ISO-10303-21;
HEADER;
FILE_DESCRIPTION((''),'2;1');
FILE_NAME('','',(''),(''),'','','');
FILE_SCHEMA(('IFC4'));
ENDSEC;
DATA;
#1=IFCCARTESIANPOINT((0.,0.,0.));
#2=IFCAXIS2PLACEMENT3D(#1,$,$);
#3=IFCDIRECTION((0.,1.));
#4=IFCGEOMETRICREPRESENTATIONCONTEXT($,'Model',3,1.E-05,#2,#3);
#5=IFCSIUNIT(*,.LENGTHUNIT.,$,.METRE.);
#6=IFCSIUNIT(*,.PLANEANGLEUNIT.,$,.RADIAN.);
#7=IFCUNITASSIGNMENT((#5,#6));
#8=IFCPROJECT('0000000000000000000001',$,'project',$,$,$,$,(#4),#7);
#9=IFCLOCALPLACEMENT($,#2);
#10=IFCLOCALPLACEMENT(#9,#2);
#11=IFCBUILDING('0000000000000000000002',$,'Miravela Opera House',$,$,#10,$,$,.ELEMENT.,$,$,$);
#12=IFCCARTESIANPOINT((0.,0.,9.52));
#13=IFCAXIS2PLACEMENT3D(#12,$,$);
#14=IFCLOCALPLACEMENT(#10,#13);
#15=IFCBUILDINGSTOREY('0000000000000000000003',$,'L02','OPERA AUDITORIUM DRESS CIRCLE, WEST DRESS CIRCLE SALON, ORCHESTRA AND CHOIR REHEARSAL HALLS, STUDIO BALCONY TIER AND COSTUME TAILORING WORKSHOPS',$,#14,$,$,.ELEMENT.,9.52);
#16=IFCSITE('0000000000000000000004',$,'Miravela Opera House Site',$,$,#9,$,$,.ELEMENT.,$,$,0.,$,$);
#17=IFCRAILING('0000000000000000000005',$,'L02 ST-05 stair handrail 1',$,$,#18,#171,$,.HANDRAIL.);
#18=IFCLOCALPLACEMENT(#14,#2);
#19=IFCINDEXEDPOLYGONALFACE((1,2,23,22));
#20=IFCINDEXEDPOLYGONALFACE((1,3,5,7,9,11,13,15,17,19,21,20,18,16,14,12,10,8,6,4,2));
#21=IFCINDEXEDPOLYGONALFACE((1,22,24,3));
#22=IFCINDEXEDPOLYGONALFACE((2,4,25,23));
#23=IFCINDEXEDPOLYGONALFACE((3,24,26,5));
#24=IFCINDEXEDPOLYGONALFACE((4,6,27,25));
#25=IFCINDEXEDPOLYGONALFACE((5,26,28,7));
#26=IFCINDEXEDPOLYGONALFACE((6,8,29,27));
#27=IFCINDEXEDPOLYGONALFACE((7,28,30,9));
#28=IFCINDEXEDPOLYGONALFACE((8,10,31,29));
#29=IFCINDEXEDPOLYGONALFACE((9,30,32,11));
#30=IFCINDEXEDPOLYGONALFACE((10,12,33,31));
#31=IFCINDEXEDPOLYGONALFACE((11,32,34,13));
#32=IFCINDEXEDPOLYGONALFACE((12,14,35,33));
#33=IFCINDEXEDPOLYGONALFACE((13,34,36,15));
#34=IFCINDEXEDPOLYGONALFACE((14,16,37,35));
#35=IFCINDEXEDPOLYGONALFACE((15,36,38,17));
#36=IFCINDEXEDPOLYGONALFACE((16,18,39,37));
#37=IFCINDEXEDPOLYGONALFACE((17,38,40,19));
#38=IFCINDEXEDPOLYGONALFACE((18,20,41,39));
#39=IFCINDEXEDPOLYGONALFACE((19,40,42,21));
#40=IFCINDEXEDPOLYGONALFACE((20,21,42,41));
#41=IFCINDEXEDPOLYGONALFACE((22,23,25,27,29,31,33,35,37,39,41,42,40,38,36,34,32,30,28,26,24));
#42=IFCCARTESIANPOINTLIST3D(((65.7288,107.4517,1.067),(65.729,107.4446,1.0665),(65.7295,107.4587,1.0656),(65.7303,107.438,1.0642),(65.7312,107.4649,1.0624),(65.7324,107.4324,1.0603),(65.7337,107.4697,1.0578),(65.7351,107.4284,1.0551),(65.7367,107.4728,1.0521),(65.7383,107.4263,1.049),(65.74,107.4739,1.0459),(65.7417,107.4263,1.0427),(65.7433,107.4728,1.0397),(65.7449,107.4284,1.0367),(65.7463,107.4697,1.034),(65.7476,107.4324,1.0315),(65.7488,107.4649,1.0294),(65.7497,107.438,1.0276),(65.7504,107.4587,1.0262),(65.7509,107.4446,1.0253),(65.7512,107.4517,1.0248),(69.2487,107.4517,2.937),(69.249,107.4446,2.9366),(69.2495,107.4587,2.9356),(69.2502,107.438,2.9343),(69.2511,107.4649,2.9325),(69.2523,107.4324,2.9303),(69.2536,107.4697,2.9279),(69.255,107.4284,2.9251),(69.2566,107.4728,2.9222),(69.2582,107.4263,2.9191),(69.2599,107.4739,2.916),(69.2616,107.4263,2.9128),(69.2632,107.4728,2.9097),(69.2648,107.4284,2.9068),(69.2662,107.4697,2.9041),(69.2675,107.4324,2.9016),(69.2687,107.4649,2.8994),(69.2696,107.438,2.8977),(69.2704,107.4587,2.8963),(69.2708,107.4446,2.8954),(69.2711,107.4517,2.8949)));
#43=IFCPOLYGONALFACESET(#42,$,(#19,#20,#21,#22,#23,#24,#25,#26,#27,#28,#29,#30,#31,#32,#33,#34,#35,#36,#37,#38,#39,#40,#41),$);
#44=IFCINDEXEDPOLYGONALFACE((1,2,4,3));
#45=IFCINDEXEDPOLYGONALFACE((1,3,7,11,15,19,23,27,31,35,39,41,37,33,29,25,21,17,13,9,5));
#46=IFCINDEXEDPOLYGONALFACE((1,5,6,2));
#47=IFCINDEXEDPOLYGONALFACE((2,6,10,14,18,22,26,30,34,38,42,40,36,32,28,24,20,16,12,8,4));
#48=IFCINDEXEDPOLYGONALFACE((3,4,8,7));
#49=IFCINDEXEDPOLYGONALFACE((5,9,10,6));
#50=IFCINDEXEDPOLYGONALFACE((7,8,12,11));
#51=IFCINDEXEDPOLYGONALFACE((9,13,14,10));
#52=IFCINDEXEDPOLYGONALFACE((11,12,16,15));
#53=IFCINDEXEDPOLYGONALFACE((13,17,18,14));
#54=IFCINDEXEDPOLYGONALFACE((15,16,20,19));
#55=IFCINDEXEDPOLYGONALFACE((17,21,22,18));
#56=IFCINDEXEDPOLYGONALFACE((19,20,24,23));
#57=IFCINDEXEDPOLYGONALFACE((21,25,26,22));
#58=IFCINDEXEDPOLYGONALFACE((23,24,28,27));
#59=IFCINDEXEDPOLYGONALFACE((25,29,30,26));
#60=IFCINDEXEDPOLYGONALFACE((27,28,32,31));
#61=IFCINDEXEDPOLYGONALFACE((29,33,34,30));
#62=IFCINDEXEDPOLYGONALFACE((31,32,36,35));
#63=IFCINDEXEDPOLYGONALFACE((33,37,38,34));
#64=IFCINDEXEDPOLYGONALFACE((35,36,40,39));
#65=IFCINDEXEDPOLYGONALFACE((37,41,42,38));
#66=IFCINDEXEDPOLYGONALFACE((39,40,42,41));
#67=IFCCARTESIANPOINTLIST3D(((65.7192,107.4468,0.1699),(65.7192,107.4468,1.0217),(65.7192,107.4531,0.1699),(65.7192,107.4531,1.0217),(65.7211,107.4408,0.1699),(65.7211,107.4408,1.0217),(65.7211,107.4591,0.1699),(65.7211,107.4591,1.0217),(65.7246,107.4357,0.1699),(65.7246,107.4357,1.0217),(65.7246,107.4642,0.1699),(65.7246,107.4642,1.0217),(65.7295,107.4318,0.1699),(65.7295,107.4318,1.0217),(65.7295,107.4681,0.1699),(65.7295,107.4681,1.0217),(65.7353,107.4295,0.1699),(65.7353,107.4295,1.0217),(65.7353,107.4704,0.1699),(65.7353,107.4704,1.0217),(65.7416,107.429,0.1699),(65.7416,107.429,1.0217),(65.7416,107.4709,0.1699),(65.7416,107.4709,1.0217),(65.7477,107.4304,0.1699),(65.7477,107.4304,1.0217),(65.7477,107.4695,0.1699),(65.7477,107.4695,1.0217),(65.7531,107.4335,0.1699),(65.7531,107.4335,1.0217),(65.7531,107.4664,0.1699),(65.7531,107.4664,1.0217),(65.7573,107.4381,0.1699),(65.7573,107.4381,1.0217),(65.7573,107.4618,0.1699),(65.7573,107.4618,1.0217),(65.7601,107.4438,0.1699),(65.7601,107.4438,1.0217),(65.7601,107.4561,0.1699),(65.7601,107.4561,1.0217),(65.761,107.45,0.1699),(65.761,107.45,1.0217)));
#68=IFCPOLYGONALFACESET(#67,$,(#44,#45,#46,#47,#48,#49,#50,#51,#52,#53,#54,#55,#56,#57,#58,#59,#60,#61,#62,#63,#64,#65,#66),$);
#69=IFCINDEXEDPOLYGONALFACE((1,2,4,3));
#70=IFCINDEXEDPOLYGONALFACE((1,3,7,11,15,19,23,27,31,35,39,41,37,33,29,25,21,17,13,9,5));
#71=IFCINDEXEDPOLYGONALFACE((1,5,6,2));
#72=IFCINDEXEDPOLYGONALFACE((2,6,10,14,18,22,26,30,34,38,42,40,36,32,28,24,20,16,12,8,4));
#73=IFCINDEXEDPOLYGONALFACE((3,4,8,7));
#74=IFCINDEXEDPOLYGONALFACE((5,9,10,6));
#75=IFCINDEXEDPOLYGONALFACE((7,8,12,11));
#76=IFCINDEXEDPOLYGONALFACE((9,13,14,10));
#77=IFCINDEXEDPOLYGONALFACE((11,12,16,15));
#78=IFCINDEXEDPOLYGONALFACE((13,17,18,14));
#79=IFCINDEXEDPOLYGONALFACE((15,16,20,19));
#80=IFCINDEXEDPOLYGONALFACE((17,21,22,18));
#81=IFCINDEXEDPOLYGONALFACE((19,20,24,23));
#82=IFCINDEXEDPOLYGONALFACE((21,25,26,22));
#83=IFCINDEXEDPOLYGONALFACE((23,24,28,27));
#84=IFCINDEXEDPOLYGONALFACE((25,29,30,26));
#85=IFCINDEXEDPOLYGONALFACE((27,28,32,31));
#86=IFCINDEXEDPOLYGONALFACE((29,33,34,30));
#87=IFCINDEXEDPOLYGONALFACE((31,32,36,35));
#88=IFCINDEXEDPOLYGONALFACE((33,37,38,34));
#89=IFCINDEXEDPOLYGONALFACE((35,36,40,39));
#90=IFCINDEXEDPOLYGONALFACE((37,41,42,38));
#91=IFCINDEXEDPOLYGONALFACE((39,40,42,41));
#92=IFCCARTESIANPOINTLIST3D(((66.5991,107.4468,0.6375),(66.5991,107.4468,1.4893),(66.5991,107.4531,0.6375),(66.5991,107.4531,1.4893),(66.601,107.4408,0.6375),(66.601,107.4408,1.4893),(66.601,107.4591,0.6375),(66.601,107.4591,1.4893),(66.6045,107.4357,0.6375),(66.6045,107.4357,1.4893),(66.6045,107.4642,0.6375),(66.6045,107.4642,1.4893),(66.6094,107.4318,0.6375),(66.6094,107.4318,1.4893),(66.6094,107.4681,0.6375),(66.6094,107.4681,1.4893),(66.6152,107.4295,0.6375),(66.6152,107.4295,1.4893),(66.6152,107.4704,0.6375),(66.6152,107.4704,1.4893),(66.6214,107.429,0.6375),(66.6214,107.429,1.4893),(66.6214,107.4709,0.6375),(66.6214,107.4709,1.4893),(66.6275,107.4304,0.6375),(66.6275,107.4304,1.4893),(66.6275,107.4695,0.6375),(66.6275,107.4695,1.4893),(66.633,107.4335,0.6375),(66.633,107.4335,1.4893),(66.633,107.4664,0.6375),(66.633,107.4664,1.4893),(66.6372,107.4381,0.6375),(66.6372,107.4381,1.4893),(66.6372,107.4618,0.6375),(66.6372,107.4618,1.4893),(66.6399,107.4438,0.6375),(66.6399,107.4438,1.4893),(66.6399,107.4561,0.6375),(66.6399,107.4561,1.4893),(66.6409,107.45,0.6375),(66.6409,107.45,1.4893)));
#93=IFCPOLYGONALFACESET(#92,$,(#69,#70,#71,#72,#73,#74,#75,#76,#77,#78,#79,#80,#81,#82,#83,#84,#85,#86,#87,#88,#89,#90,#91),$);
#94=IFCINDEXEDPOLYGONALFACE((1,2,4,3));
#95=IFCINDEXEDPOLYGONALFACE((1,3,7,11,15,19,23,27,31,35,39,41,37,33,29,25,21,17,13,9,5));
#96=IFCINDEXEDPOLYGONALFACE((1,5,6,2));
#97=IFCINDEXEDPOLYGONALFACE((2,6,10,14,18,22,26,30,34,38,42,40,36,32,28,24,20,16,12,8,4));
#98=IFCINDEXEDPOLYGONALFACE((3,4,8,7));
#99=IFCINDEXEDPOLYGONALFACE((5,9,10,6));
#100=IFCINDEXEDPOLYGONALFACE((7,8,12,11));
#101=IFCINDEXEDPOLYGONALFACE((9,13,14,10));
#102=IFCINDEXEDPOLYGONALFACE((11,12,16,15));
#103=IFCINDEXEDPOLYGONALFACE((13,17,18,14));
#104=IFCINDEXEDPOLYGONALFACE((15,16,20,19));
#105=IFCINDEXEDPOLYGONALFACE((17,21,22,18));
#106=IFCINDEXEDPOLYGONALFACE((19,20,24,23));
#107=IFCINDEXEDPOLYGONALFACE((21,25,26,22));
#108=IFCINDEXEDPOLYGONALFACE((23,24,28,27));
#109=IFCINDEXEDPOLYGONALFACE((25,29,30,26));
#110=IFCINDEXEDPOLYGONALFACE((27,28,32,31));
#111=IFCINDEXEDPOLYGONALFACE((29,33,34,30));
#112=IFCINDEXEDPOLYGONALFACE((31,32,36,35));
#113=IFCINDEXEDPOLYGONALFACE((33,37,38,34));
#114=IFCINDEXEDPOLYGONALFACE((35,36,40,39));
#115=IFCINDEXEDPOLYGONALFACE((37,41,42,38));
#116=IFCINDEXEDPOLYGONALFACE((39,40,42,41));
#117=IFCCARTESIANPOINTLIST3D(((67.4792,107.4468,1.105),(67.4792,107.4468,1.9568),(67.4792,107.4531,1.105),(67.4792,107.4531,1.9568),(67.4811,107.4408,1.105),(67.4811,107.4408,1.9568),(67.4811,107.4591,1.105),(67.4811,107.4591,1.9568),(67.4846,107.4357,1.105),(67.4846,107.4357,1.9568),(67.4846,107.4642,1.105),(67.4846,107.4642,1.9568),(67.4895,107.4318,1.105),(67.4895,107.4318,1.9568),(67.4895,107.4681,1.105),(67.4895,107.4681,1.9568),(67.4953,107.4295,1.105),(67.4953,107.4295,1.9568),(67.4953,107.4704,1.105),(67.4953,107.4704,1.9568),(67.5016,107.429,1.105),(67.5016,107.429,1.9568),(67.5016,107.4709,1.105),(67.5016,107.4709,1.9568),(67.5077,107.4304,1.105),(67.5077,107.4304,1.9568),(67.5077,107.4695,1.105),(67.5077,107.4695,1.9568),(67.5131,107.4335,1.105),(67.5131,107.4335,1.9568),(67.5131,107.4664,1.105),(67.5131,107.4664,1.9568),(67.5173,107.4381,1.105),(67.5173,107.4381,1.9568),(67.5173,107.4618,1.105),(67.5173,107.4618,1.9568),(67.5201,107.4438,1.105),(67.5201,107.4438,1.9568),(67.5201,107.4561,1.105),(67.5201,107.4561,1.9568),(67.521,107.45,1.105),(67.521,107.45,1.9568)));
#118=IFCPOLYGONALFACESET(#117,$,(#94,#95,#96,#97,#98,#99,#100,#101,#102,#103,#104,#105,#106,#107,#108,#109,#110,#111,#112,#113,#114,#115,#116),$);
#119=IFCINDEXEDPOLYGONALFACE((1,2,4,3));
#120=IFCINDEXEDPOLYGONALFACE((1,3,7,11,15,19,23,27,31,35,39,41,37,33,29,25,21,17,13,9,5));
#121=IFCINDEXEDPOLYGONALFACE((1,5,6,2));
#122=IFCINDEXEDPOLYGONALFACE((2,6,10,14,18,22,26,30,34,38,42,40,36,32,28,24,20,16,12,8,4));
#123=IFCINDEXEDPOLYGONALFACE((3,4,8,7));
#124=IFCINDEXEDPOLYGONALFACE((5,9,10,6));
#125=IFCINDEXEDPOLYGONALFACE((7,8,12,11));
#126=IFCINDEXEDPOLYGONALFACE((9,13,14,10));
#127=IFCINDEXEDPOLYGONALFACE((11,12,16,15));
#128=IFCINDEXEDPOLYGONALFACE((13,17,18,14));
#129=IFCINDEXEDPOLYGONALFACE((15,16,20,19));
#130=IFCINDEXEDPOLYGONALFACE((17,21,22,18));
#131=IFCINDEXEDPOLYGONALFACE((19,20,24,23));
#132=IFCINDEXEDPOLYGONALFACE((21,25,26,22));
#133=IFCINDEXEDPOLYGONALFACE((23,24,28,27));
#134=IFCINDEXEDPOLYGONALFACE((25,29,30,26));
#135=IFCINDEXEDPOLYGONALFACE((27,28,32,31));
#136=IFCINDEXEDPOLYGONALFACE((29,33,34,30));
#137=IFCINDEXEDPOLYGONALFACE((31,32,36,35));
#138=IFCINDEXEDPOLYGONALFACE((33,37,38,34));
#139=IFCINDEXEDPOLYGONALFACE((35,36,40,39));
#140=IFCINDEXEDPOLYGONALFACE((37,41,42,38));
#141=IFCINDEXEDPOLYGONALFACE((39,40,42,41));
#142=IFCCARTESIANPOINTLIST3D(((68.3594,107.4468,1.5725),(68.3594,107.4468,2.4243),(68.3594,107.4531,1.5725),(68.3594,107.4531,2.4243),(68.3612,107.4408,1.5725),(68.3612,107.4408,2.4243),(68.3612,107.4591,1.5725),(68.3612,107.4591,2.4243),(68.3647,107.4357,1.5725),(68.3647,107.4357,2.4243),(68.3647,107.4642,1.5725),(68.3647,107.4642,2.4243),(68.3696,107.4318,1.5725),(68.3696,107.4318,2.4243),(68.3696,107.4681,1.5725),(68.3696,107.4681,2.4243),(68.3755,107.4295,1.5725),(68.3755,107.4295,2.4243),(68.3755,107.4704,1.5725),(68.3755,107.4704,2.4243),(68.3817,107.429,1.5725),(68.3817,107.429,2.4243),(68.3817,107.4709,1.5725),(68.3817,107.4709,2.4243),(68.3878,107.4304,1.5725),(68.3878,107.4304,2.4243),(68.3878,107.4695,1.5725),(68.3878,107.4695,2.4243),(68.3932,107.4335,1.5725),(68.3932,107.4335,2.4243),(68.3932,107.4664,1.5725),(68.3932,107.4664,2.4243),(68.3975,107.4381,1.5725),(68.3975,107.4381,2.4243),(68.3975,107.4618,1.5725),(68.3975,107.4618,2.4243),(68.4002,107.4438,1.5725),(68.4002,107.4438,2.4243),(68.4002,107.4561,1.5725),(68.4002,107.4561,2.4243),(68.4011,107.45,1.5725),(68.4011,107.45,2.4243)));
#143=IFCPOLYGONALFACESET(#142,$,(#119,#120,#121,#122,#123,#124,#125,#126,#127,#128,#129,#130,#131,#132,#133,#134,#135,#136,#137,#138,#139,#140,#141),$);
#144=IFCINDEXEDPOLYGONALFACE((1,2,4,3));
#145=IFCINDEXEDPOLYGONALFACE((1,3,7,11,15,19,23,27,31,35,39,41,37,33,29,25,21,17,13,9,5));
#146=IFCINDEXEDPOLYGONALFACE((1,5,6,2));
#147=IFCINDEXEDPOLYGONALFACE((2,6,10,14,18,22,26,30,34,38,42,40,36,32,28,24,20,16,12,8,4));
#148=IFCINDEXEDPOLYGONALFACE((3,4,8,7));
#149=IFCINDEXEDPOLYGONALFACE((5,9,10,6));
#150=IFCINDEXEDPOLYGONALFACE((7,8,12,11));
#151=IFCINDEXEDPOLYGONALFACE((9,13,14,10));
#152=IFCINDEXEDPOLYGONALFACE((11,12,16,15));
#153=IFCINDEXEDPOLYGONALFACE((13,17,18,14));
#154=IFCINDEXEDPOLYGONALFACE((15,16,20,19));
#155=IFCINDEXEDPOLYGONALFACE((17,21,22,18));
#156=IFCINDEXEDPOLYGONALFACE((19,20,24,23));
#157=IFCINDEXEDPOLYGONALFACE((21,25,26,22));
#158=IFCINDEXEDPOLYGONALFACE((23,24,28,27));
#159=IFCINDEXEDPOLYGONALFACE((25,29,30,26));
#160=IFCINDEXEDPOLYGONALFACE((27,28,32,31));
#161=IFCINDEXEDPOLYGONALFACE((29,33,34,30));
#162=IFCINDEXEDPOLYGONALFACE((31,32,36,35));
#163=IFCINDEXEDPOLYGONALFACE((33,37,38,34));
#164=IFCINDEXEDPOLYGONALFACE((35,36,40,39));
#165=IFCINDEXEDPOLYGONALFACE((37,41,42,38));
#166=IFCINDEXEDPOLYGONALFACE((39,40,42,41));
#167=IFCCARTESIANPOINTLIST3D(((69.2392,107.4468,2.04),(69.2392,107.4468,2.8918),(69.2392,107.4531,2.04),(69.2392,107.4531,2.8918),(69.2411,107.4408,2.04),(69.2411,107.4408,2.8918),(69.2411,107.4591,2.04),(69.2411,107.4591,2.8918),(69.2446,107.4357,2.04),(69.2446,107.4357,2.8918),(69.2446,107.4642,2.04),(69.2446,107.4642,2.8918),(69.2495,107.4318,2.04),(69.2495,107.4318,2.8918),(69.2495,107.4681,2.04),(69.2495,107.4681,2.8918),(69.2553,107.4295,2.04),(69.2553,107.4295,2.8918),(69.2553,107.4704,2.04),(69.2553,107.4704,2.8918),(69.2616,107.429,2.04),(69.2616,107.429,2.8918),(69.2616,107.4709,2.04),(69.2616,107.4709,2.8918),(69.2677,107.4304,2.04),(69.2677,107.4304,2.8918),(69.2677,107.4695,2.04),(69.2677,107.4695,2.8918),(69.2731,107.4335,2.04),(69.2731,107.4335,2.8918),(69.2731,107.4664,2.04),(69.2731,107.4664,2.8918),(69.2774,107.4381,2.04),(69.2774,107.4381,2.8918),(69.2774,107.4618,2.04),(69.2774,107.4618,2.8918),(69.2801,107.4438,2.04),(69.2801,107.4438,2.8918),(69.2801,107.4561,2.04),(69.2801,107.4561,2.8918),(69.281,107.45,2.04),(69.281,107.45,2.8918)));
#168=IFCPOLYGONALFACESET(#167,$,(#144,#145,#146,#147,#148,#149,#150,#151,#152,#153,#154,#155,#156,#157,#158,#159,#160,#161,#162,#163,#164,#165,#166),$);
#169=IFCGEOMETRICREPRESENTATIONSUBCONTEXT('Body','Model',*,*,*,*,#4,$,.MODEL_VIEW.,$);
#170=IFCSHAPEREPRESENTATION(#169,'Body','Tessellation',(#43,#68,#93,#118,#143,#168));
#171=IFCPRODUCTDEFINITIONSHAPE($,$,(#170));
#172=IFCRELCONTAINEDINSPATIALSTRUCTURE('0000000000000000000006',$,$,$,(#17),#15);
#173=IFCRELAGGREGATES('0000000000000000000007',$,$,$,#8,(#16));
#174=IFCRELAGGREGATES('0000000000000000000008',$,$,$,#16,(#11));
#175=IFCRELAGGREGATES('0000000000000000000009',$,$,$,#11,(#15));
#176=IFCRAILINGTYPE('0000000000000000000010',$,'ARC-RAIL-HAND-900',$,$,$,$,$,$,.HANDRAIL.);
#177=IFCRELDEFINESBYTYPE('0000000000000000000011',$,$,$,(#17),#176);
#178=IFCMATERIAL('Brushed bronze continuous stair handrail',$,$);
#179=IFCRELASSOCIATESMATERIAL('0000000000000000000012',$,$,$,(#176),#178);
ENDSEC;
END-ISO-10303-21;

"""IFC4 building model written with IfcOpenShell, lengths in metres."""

from ifc_helpers import new_model, si_unit, direction, frame, origin, origin_2d, place, context, subcontext, project, spatial, circle, extrude, material, type_object, element, save


model = new_model("IFC4")

# Units and contexts
model_context = context("Model", 3, precision=1e-05, world=origin(), true_north=direction((0.0, 1.0)))
body_context = subcontext(model_context, "Body", "Model", "MODEL_VIEW")
ifc_project = project(units=[si_unit("LENGTHUNIT", "METRE"), si_unit("PLANEANGLEUNIT", "RADIAN")], contexts=[model_context])

# Site, building, storey
site_placement = place(None, origin())
site = spatial("IfcSite", under=ifc_project, at=site_placement, Name="Miravela Opera House Site", CompositionType="ELEMENT", RefElevation=0.0)
building_placement = place(site_placement, origin())
building = spatial("IfcBuilding", under=site, at=building_placement, Name="Miravela Opera House", CompositionType="ELEMENT")
storey_placement = place(building_placement, frame((0.0, 0.0, 9.52)))
storey = spatial("IfcBuildingStorey", under=building, at=storey_placement, Name="L02", Description="OPERA AUDITORIUM DRESS CIRCLE, WEST DRESS CIRCLE SALON, ORCHESTRA AND CHOIR REHEARSAL HALLS, STUDIO BALCONY TIER AND COSTUME TAILORING WORKSHOPS", CompositionType="ELEMENT", Elevation=9.52)

# Railing
ifc_material_1 = material(Name="Brushed bronze continuous stair handrail")
railing_type_1 = type_object("IfcRailingType", Name="ARC-RAIL-HAND-900", PredefinedType="HANDRAIL", material=ifc_material_1)
railing_1_placement = place(storey_placement, frame((65.74, 107.45, 0.1699)))
element("IfcRailing", 1, at=railing_1_placement, inside=storey, type_object=railing_type_1, Name="L02 ST-05 stair handrail 1", PredefinedType="HANDRAIL", context=body_context, shape_type="SweptSolid", body=[
    extrude(circle(Radius=0.0239, at=origin_2d()), frame((0.0, 0.0, 0.876), z_axis=(0.883105, 0.0, 0.469176), x_axis=(0.0, 1.0, 0.0)), (0.0, 0.0, 1.0), 3.9858),
    extrude(circle(Radius=0.021, at=origin_2d()), origin(), (0.0, 0.0, 1.0), 0.8518),
    extrude(circle(Radius=0.021, at=origin_2d()), frame((0.8799, 0.0, 0.4675)), (0.0, 0.0, 1.0), 0.8518),
    extrude(circle(Radius=0.021, at=origin_2d()), frame((1.76, 0.0, 0.9351)), (0.0, 0.0, 1.0), 0.8518),
    extrude(circle(Radius=0.021, at=origin_2d()), frame((2.6401, 0.0, 1.4026)), (0.0, 0.0, 1.0), 0.8518),
    extrude(circle(Radius=0.021, at=origin_2d()), frame((3.52, 0.0, 1.8701)), (0.0, 0.0, 1.0), 0.8518),
])

save(model, "model.ifc")
